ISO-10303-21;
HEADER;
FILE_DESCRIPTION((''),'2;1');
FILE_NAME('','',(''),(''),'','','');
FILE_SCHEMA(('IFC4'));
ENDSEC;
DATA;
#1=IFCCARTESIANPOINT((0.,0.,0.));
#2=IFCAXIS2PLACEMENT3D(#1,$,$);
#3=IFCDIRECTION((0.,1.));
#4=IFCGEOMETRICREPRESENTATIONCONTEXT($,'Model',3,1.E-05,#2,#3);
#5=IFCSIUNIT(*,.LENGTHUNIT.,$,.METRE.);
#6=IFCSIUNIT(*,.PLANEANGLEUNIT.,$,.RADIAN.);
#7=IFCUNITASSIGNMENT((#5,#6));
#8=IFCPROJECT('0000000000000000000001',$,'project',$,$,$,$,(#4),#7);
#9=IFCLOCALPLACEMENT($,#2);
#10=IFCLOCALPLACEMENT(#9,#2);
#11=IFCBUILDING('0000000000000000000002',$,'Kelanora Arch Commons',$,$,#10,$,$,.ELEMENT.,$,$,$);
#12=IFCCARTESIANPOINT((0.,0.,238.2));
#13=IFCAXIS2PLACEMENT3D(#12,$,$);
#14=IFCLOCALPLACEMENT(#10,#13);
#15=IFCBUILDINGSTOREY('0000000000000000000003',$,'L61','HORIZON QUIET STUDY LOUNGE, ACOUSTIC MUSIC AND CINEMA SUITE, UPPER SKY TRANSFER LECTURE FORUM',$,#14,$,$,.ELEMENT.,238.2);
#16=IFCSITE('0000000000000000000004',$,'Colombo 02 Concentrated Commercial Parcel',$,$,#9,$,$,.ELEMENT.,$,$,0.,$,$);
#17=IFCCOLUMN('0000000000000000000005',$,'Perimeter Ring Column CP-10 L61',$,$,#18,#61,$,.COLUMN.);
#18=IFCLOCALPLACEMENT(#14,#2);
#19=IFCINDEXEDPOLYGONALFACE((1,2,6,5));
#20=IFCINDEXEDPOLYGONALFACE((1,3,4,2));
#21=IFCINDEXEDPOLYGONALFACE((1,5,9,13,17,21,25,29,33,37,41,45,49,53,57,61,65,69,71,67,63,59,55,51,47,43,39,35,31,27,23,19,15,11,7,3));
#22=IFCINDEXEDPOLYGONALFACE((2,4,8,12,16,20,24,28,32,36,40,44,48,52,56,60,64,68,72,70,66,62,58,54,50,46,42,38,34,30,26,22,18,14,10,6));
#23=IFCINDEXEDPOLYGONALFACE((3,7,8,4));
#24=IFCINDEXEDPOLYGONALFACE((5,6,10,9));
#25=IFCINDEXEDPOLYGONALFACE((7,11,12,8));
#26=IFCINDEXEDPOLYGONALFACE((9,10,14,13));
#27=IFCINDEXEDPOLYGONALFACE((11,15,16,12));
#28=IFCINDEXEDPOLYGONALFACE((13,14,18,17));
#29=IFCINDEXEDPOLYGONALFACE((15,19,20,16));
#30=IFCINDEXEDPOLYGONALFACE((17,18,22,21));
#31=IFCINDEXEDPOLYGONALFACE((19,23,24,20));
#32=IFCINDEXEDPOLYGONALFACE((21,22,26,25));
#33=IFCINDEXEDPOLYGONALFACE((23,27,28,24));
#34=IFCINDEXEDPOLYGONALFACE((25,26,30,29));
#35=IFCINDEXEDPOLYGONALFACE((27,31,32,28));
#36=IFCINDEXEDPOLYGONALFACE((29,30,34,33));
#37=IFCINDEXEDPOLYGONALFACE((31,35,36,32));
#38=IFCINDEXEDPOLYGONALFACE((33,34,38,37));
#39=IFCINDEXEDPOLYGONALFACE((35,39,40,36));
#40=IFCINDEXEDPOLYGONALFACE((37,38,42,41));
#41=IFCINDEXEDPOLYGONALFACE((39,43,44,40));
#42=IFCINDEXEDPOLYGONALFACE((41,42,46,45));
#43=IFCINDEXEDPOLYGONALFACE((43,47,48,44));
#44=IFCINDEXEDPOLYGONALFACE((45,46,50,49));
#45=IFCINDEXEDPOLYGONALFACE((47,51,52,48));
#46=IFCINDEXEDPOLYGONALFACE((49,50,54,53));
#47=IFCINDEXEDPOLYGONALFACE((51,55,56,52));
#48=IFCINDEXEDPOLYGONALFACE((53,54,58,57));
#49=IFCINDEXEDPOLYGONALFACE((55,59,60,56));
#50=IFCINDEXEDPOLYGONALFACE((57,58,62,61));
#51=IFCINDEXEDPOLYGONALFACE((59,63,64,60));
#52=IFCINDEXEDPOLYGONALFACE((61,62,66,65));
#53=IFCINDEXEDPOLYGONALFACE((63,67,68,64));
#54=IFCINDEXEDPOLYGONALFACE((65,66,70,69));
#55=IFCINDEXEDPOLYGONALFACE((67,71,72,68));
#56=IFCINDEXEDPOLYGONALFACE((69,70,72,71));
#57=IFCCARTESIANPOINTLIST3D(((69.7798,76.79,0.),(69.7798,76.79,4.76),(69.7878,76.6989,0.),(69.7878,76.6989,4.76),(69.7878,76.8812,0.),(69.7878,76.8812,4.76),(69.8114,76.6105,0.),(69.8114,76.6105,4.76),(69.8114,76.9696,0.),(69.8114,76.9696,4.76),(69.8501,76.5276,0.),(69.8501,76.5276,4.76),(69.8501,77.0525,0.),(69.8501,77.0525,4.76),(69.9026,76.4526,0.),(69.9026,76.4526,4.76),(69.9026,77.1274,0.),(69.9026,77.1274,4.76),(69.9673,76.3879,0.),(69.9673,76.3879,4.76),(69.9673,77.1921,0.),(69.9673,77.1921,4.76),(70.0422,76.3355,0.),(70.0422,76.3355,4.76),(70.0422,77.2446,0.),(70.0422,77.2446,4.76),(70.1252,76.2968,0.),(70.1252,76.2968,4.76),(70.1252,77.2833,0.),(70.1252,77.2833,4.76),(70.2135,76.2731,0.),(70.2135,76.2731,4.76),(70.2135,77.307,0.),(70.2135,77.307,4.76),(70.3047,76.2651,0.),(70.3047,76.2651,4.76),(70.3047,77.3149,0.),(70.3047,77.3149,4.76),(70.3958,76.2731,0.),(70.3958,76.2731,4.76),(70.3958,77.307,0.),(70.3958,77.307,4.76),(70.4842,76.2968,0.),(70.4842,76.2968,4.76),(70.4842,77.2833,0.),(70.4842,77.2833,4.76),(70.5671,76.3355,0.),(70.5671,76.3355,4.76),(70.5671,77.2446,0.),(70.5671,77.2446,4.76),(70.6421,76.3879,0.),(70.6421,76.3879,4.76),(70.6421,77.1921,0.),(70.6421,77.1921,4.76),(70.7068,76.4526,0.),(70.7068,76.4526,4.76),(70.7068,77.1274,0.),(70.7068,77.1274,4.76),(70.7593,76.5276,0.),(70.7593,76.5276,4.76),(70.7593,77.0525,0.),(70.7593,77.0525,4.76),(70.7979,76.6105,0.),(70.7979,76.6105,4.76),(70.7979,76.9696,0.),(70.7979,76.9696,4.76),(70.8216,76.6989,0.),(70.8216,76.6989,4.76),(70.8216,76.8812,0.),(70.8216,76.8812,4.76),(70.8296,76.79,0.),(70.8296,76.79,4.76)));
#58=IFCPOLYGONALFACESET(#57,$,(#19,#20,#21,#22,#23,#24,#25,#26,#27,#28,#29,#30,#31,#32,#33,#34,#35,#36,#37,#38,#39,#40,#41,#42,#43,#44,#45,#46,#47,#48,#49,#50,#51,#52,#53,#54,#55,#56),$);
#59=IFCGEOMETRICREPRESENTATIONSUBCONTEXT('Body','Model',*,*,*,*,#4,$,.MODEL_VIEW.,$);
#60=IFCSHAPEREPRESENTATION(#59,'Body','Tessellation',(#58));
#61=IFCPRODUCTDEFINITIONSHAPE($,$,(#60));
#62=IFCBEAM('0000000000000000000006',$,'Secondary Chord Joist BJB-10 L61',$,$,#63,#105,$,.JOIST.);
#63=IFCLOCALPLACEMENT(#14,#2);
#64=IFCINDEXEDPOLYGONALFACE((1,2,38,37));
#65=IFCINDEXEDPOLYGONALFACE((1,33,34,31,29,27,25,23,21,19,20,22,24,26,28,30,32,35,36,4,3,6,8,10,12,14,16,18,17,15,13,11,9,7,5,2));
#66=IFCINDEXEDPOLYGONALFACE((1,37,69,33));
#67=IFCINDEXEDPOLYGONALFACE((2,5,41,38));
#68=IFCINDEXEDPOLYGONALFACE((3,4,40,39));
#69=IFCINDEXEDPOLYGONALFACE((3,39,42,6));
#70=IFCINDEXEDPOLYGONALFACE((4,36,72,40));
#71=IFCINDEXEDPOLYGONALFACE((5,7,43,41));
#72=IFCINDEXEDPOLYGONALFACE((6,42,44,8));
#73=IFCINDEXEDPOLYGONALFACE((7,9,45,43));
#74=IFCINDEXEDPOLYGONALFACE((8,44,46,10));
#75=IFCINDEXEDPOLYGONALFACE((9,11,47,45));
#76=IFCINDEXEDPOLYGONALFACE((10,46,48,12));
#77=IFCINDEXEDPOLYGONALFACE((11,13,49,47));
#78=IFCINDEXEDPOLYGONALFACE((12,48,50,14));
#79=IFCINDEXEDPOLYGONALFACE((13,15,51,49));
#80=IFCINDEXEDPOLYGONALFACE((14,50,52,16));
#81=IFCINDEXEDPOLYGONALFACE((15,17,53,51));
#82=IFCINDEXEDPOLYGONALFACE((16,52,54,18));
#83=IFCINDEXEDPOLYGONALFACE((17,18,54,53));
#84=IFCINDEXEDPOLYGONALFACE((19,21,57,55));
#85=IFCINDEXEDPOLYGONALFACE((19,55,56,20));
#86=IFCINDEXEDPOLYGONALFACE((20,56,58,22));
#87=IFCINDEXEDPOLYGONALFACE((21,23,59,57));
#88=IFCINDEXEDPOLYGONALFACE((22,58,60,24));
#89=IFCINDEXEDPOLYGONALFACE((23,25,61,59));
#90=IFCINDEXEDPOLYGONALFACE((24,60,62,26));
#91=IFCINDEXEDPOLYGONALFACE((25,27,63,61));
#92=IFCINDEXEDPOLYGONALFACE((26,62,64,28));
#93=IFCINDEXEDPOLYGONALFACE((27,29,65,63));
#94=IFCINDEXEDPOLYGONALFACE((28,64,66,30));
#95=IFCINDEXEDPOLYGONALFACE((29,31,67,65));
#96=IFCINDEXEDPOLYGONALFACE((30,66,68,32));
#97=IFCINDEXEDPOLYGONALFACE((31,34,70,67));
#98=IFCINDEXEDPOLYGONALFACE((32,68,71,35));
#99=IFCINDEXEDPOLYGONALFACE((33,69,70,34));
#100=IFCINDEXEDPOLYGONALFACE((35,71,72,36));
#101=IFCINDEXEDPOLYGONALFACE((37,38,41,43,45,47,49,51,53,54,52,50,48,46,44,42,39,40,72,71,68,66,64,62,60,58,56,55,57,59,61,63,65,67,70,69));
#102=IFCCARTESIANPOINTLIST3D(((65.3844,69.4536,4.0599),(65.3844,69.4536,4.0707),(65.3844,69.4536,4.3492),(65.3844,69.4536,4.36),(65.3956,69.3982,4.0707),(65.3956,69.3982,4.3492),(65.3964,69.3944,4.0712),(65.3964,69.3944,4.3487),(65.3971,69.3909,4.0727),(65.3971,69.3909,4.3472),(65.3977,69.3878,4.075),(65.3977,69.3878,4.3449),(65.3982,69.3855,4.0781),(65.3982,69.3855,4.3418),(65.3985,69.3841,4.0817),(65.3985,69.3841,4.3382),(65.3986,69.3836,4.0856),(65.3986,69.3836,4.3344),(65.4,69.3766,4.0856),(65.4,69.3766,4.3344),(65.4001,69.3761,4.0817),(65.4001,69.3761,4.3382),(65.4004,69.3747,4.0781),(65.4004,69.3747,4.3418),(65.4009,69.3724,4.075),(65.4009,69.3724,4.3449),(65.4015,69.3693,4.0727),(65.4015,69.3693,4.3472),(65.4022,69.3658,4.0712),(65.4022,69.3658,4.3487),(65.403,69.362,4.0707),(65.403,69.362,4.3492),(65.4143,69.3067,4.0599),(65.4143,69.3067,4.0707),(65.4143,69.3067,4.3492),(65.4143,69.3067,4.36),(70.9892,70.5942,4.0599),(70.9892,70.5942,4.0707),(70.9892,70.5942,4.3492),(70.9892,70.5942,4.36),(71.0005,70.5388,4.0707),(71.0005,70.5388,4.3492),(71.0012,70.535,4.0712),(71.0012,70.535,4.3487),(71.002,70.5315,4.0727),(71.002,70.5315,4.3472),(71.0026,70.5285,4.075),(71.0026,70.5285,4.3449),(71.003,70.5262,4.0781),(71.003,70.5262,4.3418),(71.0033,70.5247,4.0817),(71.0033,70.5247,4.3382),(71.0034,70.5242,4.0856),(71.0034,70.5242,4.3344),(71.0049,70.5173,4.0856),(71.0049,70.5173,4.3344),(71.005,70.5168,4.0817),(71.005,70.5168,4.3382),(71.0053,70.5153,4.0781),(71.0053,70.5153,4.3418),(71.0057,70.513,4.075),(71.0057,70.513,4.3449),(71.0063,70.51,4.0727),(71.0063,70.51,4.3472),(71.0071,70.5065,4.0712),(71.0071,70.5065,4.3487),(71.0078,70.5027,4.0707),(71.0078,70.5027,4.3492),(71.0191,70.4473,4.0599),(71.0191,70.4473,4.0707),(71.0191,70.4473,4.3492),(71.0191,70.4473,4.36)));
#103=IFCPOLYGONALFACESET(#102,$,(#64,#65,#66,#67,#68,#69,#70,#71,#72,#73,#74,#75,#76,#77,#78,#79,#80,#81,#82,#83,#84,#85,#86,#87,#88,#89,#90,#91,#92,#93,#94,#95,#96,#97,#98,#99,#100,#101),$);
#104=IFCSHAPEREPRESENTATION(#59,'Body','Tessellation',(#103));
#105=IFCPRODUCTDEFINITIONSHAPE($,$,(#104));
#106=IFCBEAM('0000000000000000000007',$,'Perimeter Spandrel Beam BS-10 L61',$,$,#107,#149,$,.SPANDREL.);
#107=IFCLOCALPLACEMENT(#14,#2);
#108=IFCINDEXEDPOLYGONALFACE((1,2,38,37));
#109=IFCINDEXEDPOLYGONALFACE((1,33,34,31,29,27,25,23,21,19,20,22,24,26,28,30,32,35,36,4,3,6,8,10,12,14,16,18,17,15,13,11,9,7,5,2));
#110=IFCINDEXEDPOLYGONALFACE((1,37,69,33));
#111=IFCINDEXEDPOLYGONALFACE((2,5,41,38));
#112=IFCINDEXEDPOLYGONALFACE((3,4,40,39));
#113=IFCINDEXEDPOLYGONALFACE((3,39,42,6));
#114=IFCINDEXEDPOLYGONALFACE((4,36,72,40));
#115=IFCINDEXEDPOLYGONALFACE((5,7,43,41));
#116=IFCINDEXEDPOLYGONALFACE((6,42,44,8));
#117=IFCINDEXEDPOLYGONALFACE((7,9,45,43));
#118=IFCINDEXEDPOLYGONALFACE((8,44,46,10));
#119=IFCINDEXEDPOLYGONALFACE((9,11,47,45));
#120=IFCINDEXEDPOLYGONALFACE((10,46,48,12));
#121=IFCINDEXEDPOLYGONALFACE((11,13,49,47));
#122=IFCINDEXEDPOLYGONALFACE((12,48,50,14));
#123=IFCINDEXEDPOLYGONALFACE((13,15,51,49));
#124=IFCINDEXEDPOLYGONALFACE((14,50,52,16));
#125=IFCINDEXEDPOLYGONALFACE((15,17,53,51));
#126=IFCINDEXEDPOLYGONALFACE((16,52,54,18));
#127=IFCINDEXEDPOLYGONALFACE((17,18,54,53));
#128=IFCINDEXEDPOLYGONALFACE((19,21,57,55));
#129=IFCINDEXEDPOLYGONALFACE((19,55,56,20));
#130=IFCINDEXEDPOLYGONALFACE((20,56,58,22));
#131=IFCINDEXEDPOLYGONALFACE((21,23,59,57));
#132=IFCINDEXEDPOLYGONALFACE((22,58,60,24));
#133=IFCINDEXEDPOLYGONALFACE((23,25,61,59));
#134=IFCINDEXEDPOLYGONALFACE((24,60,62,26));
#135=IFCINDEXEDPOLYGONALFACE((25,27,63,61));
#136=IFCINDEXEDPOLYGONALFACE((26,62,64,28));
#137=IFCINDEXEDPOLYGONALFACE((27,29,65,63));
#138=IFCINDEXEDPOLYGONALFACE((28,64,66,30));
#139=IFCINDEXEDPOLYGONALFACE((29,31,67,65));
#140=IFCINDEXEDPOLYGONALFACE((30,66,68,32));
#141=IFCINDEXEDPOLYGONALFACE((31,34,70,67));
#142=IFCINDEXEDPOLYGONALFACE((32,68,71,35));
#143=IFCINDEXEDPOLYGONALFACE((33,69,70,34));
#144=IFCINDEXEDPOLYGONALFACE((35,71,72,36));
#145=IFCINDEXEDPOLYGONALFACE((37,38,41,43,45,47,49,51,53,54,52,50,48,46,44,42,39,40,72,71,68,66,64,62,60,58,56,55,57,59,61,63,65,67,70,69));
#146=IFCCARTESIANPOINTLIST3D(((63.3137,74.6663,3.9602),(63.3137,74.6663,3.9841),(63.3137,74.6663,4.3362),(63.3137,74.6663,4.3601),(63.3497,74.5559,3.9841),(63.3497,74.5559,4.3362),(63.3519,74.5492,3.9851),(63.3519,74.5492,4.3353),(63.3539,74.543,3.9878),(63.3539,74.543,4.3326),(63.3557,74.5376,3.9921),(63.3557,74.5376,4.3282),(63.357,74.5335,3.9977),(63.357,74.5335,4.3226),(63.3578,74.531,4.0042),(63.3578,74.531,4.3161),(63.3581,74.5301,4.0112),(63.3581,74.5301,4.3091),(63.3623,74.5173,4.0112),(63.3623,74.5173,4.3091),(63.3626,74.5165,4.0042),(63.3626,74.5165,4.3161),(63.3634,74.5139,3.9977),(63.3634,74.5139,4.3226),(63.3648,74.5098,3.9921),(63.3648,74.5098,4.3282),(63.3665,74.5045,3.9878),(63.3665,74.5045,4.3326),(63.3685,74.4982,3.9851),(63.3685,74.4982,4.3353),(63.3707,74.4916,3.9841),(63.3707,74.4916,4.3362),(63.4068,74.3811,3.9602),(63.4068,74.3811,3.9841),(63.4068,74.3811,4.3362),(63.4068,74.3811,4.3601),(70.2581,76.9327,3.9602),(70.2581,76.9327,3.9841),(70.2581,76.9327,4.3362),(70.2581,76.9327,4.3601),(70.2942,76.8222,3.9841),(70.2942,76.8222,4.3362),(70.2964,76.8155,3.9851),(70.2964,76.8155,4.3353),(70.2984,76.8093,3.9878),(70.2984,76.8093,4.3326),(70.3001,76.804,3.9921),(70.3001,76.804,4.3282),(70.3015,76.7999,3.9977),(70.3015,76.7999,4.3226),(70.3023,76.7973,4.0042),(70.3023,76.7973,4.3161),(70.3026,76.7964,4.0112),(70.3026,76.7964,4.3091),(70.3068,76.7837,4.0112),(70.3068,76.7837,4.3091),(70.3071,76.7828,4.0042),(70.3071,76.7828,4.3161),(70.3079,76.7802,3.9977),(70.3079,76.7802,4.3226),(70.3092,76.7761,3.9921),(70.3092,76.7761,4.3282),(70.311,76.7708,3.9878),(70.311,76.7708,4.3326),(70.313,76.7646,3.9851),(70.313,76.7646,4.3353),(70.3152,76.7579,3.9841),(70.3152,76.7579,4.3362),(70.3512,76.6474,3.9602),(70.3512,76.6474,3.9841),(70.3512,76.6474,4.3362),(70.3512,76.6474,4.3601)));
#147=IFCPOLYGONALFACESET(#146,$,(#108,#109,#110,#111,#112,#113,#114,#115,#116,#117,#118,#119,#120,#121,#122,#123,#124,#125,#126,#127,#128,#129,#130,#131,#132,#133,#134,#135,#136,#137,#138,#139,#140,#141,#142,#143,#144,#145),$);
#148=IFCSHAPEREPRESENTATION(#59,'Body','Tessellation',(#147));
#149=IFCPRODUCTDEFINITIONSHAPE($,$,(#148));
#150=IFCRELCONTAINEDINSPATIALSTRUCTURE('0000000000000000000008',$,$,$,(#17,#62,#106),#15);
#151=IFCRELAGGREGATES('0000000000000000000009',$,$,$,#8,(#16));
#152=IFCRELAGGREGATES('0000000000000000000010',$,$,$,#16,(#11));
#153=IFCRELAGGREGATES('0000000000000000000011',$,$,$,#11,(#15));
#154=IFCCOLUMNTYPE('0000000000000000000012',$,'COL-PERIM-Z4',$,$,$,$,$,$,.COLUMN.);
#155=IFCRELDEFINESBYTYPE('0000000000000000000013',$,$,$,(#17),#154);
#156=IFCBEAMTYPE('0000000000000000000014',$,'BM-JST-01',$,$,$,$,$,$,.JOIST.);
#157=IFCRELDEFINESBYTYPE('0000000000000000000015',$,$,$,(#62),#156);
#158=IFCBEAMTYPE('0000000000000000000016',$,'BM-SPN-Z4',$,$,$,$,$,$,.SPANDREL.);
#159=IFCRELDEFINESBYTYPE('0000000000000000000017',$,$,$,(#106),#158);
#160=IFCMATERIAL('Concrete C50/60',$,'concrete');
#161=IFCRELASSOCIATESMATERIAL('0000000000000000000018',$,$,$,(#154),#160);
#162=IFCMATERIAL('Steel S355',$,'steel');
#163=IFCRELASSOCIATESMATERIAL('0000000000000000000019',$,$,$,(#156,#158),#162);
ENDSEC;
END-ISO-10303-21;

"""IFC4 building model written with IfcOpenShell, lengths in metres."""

from ifc_helpers import new_model, si_unit, direction, frame, origin, origin_2d, place, context, subcontext, project, spatial, circle, i_section, extrude, material, material_profile, profile_set, type_object, element, save


model = new_model("IFC4")

# Units and contexts
model_context = context("Model", 3, precision=1e-05, world=origin(), true_north=direction((0.0, 1.0)))
body_context = subcontext(model_context, "Body", "Model", "MODEL_VIEW")
ifc_project = project(units=[si_unit("LENGTHUNIT", "METRE"), si_unit("PLANEANGLEUNIT", "RADIAN")], contexts=[model_context])

# Site, building, storey
site_placement = place(None, origin())
site = spatial("IfcSite", under=ifc_project, at=site_placement, Name="Colombo 02 Concentrated Commercial Parcel", CompositionType="ELEMENT", RefElevation=0.0)
building_placement = place(site_placement, origin())
building = spatial("IfcBuilding", under=site, at=building_placement, Name="Kelanora Arch Commons", CompositionType="ELEMENT")
storey_placement = place(building_placement, frame((0.0, 0.0, 238.2)))
storey = spatial("IfcBuildingStorey", under=building, at=storey_placement, Name="L61", Description="HORIZON QUIET STUDY LOUNGE, ACOUSTIC MUSIC AND CINEMA SUITE, UPPER SKY TRANSFER LECTURE FORUM", CompositionType="ELEMENT", Elevation=238.2)

# Column
ifc_material_1 = material(Name="Concrete C50/60", Category="concrete")
ifc_material_profile_1 = material_profile(ifc_material_1, circle(Radius=0.5249, at=origin_2d()), Name="RCC1050")
ifc_profile_set_1 = profile_set([ifc_material_profile_1], Name="Concrete C50/60")
column_type = type_object("IfcColumnType", Name="COL-PERIM-Z4", PredefinedType="COLUMN", material=ifc_profile_set_1)
column_placement = place(storey_placement, frame((70.3047, 76.79, 0.0), z_axis=(0.0, 0.0, 1.0), x_axis=(1.0, 0.0, 0.0)))
element("IfcColumn", 1, at=column_placement, inside=storey, type_object=column_type, Name="Perimeter Ring Column CP-10 L61", PredefinedType="COLUMN", context=body_context, shape_type="SweptSolid", body=[
    extrude(circle(Radius=0.5249, at=origin_2d()), origin(), (0.0, 0.0, 1.0), 4.76),
])

# Beams
ifc_material_2 = material(Name="Steel S355", Category="steel")
ifc_material_profile_2 = material_profile(ifc_material_2, i_section(OverallWidth=0.1499, OverallDepth=0.3, WebThickness=0.0071, FlangeThickness=0.0107, FilletRadius=0.0149, at=origin_2d()), Name="IPE300")
ifc_profile_set_2 = profile_set([ifc_material_profile_2], Name="Steel S355")
beam_type_1 = type_object("IfcBeamType", Name="BM-JST-01", PredefinedType="JOIST", material=ifc_profile_set_2)
beam_1_placement = place(storey_placement, frame((71.0042, 70.5208, 4.21), z_axis=(-0.979913, -0.199423, 0.0), x_axis=(0.199423, -0.979913, 0.0)))
element("IfcBeam", 2, at=beam_1_placement, inside=storey, type_object=beam_type_1, Name="Secondary Chord Joist BJB-10 L61", PredefinedType="JOIST", context=body_context, shape_type="SweptSolid", body=[
    extrude(i_section(OverallWidth=0.1499, OverallDepth=0.3, WebThickness=0.0071, FlangeThickness=0.0107, FilletRadius=0.0149, at=origin_2d()), origin(), (0.0, 0.0, 1.0), 5.7197),
])
ifc_material_profile_3 = material_profile(ifc_material_2, i_section(OverallWidth=0.3, OverallDepth=0.3999, WebThickness=0.0134, FlangeThickness=0.0239, FilletRadius=0.0271, at=origin_2d()), Name="HEB400")
ifc_profile_set_3 = profile_set([ifc_material_profile_3], Name="Steel S355")
beam_type_2 = type_object("IfcBeamType", Name="BM-SPN-Z4", PredefinedType="SPANDREL", material=ifc_profile_set_3)
beam_2_placement = place(storey_placement, frame((70.3047, 76.79, 4.1602), z_axis=(-0.950656, -0.310246, 0.0), x_axis=(0.310246, -0.950656, 0.0)))
element("IfcBeam", 3, at=beam_2_placement, inside=storey, type_object=beam_type_2, Name="Perimeter Spandrel Beam BS-10 L61", PredefinedType="SPANDREL", context=body_context, shape_type="SweptSolid", body=[
    extrude(i_section(OverallWidth=0.3, OverallDepth=0.3999, WebThickness=0.0134, FlangeThickness=0.0239, FilletRadius=0.0271, at=origin_2d()), origin(), (0.0, 0.0, 1.0), 7.3049),
])

save(model, "model.ifc")
